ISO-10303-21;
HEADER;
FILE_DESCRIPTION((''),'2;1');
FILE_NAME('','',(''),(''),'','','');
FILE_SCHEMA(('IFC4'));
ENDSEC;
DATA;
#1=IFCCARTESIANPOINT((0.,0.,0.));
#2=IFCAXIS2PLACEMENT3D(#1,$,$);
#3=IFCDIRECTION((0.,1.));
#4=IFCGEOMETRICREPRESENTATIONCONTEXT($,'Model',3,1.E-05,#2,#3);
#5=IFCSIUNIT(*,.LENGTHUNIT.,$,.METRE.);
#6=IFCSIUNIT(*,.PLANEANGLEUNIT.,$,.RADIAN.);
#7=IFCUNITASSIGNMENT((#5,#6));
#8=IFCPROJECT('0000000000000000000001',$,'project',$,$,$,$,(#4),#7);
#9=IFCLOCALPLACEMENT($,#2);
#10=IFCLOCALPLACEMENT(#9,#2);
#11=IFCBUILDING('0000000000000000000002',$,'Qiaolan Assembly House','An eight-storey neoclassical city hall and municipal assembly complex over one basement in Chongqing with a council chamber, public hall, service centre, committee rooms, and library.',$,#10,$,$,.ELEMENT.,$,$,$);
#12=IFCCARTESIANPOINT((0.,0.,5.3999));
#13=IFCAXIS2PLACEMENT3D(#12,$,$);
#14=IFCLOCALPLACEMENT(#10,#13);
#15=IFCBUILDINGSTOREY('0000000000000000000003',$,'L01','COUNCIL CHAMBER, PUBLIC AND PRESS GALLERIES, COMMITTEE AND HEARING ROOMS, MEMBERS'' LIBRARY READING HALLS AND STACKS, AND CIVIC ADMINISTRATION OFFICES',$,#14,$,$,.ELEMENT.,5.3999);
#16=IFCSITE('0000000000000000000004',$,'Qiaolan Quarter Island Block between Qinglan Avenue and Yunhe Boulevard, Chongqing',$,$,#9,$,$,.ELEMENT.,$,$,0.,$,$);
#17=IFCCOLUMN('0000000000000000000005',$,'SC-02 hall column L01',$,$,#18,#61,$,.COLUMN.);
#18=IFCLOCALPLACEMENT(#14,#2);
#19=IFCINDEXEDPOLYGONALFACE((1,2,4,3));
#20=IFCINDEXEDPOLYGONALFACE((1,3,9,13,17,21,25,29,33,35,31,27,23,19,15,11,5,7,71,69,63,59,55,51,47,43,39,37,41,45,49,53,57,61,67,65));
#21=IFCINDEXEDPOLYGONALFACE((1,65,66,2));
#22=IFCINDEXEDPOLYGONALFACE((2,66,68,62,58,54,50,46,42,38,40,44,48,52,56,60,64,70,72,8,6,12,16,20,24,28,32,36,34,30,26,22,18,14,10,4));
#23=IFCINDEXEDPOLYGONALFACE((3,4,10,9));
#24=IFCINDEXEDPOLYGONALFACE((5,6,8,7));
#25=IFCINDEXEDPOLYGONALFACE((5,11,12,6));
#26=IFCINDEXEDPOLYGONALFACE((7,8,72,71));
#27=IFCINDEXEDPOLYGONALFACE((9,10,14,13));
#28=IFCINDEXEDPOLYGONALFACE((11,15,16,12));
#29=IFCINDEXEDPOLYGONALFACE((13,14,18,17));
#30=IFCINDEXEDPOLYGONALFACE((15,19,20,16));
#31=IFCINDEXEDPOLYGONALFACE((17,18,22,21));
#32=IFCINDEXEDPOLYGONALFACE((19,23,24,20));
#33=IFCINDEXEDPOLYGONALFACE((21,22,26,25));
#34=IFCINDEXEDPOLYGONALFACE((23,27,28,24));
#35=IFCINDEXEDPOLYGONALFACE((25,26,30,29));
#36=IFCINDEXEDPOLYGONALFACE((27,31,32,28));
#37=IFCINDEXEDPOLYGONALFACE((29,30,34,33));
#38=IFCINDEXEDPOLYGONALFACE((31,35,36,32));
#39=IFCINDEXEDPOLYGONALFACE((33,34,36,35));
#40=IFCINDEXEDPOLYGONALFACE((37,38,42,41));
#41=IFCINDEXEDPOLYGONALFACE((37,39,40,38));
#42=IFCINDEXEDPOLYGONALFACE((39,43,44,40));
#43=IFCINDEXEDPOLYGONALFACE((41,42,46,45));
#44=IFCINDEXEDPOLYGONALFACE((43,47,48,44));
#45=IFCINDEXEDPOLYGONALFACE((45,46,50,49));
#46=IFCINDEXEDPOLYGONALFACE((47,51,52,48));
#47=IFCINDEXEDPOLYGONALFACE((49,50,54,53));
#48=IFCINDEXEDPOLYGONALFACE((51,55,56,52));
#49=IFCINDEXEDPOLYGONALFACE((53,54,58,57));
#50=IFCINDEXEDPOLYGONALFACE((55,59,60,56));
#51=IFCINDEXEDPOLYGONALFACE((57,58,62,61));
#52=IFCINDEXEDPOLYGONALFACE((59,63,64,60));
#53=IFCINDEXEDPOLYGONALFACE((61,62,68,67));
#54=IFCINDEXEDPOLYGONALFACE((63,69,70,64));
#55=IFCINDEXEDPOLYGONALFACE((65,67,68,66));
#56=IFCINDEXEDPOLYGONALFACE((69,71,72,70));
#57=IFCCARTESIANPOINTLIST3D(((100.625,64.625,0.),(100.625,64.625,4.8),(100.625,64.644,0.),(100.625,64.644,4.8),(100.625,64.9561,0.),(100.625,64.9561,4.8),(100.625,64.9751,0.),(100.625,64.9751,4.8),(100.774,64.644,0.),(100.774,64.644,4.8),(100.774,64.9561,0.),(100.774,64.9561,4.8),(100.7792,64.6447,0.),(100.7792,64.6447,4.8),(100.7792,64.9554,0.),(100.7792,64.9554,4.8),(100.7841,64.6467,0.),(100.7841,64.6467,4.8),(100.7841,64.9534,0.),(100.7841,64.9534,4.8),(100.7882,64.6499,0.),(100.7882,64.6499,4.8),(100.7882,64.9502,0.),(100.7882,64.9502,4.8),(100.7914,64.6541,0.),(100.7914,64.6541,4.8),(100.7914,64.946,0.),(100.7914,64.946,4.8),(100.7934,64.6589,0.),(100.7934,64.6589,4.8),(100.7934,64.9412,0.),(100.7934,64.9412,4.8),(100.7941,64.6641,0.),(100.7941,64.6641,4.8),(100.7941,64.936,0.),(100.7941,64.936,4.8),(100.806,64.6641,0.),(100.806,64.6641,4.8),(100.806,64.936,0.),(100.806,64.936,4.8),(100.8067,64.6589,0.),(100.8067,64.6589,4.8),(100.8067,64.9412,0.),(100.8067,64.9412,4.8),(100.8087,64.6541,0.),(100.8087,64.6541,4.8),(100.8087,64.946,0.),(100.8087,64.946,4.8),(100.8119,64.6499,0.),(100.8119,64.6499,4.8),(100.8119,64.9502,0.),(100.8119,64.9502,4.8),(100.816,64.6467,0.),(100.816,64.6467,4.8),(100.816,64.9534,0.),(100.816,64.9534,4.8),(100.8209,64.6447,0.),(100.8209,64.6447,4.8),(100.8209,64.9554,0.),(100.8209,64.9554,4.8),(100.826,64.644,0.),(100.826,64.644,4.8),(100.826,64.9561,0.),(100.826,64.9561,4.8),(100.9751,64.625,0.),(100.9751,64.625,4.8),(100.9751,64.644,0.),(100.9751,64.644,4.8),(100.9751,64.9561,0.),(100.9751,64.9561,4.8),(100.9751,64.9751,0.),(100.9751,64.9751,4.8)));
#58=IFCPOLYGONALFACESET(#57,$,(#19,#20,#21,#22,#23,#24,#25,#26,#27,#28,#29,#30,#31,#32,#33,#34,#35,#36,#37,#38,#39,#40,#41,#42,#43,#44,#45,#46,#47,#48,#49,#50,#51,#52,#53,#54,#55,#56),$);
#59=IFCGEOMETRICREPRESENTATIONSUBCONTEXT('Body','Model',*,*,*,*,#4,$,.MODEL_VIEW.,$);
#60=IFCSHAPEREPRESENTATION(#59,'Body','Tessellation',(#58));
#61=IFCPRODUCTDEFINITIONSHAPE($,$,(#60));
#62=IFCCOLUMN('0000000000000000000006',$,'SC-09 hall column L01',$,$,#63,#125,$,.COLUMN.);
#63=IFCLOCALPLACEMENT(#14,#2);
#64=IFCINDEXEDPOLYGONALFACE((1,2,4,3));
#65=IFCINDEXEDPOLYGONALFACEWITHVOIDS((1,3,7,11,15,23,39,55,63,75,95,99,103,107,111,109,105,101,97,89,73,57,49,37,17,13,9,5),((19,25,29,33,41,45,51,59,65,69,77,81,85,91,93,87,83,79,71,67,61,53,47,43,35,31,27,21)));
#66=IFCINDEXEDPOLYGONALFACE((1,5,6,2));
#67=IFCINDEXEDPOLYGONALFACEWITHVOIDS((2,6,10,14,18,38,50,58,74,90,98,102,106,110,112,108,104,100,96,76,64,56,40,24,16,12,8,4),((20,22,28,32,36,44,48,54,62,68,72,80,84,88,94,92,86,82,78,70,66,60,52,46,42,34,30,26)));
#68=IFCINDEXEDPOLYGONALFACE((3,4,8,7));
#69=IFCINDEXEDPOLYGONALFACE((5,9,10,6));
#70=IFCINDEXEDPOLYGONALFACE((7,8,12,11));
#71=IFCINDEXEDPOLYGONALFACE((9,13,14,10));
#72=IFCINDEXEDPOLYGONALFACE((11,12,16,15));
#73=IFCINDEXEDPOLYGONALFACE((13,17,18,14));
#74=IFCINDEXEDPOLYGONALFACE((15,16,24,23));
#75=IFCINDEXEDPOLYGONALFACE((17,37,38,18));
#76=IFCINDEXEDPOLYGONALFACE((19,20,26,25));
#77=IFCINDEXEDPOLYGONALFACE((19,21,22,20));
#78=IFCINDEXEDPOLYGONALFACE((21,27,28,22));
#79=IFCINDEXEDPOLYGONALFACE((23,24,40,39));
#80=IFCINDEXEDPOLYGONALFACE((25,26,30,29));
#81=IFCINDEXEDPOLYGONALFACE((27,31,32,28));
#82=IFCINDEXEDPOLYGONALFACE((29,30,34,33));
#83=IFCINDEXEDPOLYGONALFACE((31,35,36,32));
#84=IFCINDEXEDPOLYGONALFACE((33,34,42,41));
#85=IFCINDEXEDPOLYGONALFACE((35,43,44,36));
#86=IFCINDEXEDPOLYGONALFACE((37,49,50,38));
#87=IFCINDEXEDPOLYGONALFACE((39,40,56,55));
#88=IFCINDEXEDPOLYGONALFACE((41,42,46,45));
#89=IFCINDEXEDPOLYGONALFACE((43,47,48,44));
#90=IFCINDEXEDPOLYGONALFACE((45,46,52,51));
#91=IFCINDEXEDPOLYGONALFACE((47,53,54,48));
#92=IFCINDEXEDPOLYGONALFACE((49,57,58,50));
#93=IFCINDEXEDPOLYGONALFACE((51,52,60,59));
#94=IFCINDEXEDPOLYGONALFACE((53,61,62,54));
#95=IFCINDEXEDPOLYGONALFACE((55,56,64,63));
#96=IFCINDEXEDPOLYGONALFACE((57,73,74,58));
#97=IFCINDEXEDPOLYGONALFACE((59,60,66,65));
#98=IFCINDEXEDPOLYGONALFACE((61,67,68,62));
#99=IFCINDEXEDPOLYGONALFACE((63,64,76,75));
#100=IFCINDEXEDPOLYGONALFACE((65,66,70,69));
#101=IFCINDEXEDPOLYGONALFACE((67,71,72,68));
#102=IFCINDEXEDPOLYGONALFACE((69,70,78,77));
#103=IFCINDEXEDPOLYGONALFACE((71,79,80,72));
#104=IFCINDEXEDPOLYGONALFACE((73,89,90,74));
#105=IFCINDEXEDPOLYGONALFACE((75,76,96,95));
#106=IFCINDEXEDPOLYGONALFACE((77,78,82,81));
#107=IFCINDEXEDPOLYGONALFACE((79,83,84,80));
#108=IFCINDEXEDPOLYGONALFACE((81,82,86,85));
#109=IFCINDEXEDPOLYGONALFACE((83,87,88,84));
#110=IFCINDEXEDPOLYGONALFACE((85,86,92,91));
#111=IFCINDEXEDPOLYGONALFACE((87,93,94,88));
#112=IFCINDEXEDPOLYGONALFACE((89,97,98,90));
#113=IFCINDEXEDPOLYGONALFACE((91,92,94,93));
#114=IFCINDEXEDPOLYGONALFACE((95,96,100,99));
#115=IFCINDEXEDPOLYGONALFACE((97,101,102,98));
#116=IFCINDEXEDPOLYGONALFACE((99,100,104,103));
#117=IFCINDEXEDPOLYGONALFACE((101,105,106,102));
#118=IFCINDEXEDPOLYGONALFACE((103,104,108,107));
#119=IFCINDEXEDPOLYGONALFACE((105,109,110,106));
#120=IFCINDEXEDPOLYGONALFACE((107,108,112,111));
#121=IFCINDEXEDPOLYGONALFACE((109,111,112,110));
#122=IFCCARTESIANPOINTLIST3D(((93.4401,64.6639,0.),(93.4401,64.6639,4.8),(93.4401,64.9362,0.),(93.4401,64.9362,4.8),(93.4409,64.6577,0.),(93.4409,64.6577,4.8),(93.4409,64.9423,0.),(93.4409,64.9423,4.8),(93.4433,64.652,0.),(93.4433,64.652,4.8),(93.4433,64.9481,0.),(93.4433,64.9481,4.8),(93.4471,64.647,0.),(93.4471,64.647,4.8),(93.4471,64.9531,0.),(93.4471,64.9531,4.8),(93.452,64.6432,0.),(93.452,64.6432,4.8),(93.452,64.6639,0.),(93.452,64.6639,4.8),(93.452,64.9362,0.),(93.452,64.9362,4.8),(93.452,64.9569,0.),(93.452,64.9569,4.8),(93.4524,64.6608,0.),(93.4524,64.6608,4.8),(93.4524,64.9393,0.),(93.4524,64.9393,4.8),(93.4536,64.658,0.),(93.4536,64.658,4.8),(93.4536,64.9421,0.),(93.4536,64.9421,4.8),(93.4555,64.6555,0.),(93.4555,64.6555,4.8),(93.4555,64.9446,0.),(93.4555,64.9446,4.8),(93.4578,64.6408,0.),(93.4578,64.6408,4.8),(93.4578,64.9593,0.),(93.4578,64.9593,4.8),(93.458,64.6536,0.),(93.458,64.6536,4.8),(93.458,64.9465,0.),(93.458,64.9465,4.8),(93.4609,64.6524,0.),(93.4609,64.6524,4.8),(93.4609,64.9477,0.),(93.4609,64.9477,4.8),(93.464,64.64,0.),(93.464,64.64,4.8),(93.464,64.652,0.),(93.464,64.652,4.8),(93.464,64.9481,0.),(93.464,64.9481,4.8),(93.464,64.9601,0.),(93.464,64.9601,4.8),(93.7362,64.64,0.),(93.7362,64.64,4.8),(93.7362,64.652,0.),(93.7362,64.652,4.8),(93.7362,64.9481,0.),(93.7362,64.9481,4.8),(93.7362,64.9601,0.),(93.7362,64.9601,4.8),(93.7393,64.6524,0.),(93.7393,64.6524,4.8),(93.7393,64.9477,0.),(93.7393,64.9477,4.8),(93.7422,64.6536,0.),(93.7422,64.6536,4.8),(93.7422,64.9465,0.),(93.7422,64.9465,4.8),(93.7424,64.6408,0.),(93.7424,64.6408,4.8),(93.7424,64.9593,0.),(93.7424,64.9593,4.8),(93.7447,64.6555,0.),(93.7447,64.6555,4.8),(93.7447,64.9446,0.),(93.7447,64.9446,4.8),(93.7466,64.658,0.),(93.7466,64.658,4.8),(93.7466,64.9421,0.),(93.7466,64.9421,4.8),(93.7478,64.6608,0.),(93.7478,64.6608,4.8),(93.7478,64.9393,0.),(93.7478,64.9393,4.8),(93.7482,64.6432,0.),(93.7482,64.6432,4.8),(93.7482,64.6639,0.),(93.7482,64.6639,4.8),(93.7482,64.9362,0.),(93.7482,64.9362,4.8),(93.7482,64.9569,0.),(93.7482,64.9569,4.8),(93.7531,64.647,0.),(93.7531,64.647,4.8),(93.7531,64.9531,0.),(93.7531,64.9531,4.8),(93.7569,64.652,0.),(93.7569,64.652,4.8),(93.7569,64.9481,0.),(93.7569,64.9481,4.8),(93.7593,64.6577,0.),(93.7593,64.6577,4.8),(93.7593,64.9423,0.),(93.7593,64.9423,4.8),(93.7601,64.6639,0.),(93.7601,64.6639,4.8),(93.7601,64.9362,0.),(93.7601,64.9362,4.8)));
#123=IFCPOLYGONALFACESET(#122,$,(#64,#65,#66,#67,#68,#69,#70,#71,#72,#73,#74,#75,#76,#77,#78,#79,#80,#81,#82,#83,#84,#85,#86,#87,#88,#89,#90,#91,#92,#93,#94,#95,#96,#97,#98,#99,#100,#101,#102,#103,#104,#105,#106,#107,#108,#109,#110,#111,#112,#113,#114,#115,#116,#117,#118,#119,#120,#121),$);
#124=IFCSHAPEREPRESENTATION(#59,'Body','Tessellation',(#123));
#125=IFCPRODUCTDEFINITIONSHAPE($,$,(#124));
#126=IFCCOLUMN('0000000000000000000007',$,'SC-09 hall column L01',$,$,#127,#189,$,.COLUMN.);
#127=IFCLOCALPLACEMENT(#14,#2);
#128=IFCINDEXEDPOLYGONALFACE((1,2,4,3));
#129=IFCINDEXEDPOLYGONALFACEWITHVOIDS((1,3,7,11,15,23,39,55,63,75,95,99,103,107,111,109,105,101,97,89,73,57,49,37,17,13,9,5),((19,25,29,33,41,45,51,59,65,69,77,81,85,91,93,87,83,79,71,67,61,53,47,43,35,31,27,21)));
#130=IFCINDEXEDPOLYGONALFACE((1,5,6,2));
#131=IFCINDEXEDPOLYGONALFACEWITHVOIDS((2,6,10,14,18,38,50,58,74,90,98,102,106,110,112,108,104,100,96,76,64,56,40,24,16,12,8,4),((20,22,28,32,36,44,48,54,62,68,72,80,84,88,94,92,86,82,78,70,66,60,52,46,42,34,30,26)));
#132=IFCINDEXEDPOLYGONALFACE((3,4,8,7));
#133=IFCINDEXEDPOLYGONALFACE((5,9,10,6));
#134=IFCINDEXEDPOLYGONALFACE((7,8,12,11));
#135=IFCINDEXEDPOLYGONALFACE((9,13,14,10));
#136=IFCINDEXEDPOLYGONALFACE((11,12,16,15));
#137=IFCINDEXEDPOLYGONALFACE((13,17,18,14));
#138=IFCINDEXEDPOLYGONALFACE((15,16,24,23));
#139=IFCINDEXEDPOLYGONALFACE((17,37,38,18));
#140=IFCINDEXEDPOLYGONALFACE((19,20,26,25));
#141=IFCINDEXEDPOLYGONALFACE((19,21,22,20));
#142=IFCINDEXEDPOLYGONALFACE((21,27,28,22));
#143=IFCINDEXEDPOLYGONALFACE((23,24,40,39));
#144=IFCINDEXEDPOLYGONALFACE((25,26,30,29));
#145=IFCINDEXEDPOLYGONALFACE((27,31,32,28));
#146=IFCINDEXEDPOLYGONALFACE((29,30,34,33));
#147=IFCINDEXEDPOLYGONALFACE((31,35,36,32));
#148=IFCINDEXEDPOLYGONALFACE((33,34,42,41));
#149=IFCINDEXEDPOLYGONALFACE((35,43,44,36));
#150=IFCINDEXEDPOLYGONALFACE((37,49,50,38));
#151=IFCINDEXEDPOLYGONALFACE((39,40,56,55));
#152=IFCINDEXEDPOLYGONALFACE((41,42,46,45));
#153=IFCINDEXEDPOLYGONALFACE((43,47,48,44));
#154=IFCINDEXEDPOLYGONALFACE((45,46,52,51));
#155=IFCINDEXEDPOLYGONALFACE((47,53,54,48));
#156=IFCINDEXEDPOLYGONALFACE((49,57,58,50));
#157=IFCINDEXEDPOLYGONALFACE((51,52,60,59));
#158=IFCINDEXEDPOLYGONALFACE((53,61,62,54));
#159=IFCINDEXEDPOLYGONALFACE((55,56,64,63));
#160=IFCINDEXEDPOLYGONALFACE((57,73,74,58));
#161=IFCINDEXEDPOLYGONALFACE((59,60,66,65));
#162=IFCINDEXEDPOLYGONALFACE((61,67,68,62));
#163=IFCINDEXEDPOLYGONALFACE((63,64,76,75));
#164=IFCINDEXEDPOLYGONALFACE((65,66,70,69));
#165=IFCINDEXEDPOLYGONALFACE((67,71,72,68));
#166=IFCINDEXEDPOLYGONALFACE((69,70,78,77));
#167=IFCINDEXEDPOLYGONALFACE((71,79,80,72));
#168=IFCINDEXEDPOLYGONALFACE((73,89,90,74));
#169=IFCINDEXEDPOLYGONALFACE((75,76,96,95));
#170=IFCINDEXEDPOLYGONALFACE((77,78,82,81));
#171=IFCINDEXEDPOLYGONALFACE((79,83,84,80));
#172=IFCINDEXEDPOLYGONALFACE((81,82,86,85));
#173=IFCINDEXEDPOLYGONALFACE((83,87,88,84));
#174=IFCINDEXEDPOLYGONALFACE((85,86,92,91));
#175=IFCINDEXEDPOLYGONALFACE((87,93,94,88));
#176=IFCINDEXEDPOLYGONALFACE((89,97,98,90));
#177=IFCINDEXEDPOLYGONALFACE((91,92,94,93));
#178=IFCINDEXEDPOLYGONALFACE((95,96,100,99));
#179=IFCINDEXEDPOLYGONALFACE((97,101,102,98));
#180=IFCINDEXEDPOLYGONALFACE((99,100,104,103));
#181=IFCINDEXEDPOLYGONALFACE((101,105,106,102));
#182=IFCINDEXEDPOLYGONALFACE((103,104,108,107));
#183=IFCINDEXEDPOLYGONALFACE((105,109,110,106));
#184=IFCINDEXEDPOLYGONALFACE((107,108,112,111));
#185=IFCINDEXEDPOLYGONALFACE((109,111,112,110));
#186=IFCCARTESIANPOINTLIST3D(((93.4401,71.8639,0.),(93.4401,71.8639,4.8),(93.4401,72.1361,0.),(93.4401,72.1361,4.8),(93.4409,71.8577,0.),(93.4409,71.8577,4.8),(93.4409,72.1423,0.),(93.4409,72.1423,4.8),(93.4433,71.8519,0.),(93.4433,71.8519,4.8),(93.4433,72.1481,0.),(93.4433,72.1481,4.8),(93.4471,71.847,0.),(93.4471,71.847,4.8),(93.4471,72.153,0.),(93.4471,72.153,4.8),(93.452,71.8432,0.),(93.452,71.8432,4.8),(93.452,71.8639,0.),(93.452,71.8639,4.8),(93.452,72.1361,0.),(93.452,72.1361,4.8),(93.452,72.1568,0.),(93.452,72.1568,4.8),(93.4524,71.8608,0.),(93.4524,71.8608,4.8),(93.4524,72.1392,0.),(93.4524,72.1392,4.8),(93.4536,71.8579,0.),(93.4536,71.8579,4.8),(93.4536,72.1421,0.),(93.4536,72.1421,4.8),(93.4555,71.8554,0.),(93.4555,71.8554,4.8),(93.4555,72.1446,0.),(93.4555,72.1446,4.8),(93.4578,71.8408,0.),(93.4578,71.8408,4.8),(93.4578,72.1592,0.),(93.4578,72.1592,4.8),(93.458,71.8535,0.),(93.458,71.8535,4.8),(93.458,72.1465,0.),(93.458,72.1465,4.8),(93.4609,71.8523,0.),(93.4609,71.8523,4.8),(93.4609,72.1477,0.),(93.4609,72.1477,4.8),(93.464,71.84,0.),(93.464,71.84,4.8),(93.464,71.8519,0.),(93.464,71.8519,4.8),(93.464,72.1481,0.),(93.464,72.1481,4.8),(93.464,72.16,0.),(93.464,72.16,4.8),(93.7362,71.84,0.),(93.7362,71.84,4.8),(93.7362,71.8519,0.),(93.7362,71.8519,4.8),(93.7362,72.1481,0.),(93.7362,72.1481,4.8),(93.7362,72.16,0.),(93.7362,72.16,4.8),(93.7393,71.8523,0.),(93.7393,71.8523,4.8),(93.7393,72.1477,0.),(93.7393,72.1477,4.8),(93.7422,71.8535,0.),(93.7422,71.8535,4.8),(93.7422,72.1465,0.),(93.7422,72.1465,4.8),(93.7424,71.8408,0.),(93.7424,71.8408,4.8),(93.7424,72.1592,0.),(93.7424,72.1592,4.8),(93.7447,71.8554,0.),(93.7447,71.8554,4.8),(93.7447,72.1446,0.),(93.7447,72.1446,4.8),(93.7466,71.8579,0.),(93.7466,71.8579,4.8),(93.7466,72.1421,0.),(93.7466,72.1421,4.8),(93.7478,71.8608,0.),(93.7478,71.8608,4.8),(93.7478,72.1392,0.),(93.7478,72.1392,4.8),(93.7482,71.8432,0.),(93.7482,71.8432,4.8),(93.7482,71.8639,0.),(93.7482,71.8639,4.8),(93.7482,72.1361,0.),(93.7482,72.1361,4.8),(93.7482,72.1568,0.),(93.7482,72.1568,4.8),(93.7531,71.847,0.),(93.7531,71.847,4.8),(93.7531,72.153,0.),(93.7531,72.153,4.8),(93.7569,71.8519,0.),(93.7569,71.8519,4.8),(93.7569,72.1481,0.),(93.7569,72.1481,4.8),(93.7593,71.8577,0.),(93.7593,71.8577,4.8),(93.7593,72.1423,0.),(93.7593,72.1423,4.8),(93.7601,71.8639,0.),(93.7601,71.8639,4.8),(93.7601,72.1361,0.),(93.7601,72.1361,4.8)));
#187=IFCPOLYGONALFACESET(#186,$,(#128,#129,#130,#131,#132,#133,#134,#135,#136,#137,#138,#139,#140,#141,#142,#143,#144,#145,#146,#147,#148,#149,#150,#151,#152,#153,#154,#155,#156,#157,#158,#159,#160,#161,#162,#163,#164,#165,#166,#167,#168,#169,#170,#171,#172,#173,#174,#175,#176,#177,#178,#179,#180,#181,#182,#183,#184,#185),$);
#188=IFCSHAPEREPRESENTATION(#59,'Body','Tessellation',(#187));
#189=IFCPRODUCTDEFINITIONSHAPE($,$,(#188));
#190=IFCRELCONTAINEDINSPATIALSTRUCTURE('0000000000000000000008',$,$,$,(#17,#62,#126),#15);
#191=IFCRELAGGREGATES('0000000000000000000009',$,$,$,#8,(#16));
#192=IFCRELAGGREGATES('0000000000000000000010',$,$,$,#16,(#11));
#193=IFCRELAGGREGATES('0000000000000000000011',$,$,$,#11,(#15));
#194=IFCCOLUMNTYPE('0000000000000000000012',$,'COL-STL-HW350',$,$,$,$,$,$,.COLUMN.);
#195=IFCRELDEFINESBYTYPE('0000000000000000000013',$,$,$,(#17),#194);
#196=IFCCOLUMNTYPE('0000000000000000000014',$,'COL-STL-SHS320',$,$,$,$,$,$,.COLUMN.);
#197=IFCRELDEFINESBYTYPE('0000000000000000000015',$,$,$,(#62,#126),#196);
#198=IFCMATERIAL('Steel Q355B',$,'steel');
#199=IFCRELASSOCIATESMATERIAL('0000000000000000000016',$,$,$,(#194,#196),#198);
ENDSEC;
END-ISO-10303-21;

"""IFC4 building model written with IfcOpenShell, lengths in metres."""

from ifc_helpers import new_model, si_unit, direction, frame, origin, origin_2d, place, context, subcontext, project, spatial, hollow_rectangle, i_section, extrude, material, material_profile, profile_set, type_object, element, save


model = new_model("IFC4")

# Units and contexts
model_context = context("Model", 3, precision=1e-05, world=origin(), true_north=direction((0.0, 1.0)))
body_context = subcontext(model_context, "Body", "Model", "MODEL_VIEW")
ifc_project = project(units=[si_unit("LENGTHUNIT", "METRE"), si_unit("PLANEANGLEUNIT", "RADIAN")], contexts=[model_context])

# Site, building, storey
site_placement = place(None, origin())
site = spatial("IfcSite", under=ifc_project, at=site_placement, Name="Qiaolan Quarter Island Block between Qinglan Avenue and Yunhe Boulevard, Chongqing", CompositionType="ELEMENT", RefElevation=0.0)
building_placement = place(site_placement, origin())
building = spatial("IfcBuilding", under=site, at=building_placement, Name="Qiaolan Assembly House", Description="An eight-storey neoclassical city hall and municipal assembly complex over one basement in Chongqing with a council chamber, public hall, service centre, committee rooms, and library.", CompositionType="ELEMENT")
storey_placement = place(building_placement, frame((0.0, 0.0, 5.3999)))
storey = spatial("IfcBuildingStorey", under=building, at=storey_placement, Name="L01", Description="COUNCIL CHAMBER, PUBLIC AND PRESS GALLERIES, COMMITTEE AND HEARING ROOMS, MEMBERS' LIBRARY READING HALLS AND STACKS, AND CIVIC ADMINISTRATION OFFICES", CompositionType="ELEMENT", Elevation=5.3999)

# Columns
ifc_material_1 = material(Name="Steel Q355B", Category="steel")
ifc_material_profile_1 = material_profile(ifc_material_1, i_section(OverallWidth=0.3501, OverallDepth=0.3501, WebThickness=0.012, FlangeThickness=0.019, FilletRadius=0.02, at=origin_2d()), Name="HW 350x350x12x19")
ifc_profile_set_1 = profile_set([ifc_material_profile_1], Name="Steel Q355B")
column_type_1 = type_object("IfcColumnType", Name="COL-STL-HW350", PredefinedType="COLUMN", material=ifc_profile_set_1)
column_placement = place(storey_placement, frame((100.8, 64.8, 0.0), z_axis=(0.0, 0.0, 1.0), x_axis=(1.0, 0.0, 0.0)))
element("IfcColumn", 1, at=column_placement, inside=storey, type_object=column_type_1, Name="SC-02 hall column L01", PredefinedType="COLUMN", context=body_context, shape_type="SweptSolid", body=[
    extrude(i_section(OverallWidth=0.3501, OverallDepth=0.3501, WebThickness=0.012, FlangeThickness=0.019, FilletRadius=0.02, at=origin_2d()), origin(), (0.0, 0.0, 1.0), 4.8),
])
ifc_material_profile_2 = material_profile(ifc_material_1, hollow_rectangle(XDim=0.3201, YDim=0.3201, WallThickness=0.012, InnerFilletRadius=0.012, OuterFilletRadius=0.0239, at=origin_2d()), Name="SHS 320x320x12")
ifc_profile_set_2 = profile_set([ifc_material_profile_2], Name="Steel Q355B")
column_type_2 = type_object("IfcColumnType", Name="COL-STL-SHS320", PredefinedType="COLUMN", material=ifc_profile_set_2)
for number, where, z_axis, x_axis, name in (
    (2, (93.6001, 64.8, 0.0), (0.0, 0.0, 1.0), (1.0, 0.0, 0.0), "SC-09 hall column L01"),
    (3, (93.6001, 72.0, 0.0), (0.0, 0.0, 1.0), (1.0, 0.0, 0.0), "SC-09 hall column L01"),
):
    element("IfcColumn", number, at=place(storey_placement, frame(where, z_axis=z_axis, x_axis=x_axis)), inside=storey, type_object=column_type_2, Name=name, PredefinedType="COLUMN", context=body_context, shape_type="SweptSolid", body=[
        extrude(hollow_rectangle(XDim=0.3201, YDim=0.3201, WallThickness=0.012, InnerFilletRadius=0.012, OuterFilletRadius=0.0239, at=origin_2d()), origin(), (0.0, 0.0, 1.0), 4.8),
    ])

save(model, "model.ifc")
